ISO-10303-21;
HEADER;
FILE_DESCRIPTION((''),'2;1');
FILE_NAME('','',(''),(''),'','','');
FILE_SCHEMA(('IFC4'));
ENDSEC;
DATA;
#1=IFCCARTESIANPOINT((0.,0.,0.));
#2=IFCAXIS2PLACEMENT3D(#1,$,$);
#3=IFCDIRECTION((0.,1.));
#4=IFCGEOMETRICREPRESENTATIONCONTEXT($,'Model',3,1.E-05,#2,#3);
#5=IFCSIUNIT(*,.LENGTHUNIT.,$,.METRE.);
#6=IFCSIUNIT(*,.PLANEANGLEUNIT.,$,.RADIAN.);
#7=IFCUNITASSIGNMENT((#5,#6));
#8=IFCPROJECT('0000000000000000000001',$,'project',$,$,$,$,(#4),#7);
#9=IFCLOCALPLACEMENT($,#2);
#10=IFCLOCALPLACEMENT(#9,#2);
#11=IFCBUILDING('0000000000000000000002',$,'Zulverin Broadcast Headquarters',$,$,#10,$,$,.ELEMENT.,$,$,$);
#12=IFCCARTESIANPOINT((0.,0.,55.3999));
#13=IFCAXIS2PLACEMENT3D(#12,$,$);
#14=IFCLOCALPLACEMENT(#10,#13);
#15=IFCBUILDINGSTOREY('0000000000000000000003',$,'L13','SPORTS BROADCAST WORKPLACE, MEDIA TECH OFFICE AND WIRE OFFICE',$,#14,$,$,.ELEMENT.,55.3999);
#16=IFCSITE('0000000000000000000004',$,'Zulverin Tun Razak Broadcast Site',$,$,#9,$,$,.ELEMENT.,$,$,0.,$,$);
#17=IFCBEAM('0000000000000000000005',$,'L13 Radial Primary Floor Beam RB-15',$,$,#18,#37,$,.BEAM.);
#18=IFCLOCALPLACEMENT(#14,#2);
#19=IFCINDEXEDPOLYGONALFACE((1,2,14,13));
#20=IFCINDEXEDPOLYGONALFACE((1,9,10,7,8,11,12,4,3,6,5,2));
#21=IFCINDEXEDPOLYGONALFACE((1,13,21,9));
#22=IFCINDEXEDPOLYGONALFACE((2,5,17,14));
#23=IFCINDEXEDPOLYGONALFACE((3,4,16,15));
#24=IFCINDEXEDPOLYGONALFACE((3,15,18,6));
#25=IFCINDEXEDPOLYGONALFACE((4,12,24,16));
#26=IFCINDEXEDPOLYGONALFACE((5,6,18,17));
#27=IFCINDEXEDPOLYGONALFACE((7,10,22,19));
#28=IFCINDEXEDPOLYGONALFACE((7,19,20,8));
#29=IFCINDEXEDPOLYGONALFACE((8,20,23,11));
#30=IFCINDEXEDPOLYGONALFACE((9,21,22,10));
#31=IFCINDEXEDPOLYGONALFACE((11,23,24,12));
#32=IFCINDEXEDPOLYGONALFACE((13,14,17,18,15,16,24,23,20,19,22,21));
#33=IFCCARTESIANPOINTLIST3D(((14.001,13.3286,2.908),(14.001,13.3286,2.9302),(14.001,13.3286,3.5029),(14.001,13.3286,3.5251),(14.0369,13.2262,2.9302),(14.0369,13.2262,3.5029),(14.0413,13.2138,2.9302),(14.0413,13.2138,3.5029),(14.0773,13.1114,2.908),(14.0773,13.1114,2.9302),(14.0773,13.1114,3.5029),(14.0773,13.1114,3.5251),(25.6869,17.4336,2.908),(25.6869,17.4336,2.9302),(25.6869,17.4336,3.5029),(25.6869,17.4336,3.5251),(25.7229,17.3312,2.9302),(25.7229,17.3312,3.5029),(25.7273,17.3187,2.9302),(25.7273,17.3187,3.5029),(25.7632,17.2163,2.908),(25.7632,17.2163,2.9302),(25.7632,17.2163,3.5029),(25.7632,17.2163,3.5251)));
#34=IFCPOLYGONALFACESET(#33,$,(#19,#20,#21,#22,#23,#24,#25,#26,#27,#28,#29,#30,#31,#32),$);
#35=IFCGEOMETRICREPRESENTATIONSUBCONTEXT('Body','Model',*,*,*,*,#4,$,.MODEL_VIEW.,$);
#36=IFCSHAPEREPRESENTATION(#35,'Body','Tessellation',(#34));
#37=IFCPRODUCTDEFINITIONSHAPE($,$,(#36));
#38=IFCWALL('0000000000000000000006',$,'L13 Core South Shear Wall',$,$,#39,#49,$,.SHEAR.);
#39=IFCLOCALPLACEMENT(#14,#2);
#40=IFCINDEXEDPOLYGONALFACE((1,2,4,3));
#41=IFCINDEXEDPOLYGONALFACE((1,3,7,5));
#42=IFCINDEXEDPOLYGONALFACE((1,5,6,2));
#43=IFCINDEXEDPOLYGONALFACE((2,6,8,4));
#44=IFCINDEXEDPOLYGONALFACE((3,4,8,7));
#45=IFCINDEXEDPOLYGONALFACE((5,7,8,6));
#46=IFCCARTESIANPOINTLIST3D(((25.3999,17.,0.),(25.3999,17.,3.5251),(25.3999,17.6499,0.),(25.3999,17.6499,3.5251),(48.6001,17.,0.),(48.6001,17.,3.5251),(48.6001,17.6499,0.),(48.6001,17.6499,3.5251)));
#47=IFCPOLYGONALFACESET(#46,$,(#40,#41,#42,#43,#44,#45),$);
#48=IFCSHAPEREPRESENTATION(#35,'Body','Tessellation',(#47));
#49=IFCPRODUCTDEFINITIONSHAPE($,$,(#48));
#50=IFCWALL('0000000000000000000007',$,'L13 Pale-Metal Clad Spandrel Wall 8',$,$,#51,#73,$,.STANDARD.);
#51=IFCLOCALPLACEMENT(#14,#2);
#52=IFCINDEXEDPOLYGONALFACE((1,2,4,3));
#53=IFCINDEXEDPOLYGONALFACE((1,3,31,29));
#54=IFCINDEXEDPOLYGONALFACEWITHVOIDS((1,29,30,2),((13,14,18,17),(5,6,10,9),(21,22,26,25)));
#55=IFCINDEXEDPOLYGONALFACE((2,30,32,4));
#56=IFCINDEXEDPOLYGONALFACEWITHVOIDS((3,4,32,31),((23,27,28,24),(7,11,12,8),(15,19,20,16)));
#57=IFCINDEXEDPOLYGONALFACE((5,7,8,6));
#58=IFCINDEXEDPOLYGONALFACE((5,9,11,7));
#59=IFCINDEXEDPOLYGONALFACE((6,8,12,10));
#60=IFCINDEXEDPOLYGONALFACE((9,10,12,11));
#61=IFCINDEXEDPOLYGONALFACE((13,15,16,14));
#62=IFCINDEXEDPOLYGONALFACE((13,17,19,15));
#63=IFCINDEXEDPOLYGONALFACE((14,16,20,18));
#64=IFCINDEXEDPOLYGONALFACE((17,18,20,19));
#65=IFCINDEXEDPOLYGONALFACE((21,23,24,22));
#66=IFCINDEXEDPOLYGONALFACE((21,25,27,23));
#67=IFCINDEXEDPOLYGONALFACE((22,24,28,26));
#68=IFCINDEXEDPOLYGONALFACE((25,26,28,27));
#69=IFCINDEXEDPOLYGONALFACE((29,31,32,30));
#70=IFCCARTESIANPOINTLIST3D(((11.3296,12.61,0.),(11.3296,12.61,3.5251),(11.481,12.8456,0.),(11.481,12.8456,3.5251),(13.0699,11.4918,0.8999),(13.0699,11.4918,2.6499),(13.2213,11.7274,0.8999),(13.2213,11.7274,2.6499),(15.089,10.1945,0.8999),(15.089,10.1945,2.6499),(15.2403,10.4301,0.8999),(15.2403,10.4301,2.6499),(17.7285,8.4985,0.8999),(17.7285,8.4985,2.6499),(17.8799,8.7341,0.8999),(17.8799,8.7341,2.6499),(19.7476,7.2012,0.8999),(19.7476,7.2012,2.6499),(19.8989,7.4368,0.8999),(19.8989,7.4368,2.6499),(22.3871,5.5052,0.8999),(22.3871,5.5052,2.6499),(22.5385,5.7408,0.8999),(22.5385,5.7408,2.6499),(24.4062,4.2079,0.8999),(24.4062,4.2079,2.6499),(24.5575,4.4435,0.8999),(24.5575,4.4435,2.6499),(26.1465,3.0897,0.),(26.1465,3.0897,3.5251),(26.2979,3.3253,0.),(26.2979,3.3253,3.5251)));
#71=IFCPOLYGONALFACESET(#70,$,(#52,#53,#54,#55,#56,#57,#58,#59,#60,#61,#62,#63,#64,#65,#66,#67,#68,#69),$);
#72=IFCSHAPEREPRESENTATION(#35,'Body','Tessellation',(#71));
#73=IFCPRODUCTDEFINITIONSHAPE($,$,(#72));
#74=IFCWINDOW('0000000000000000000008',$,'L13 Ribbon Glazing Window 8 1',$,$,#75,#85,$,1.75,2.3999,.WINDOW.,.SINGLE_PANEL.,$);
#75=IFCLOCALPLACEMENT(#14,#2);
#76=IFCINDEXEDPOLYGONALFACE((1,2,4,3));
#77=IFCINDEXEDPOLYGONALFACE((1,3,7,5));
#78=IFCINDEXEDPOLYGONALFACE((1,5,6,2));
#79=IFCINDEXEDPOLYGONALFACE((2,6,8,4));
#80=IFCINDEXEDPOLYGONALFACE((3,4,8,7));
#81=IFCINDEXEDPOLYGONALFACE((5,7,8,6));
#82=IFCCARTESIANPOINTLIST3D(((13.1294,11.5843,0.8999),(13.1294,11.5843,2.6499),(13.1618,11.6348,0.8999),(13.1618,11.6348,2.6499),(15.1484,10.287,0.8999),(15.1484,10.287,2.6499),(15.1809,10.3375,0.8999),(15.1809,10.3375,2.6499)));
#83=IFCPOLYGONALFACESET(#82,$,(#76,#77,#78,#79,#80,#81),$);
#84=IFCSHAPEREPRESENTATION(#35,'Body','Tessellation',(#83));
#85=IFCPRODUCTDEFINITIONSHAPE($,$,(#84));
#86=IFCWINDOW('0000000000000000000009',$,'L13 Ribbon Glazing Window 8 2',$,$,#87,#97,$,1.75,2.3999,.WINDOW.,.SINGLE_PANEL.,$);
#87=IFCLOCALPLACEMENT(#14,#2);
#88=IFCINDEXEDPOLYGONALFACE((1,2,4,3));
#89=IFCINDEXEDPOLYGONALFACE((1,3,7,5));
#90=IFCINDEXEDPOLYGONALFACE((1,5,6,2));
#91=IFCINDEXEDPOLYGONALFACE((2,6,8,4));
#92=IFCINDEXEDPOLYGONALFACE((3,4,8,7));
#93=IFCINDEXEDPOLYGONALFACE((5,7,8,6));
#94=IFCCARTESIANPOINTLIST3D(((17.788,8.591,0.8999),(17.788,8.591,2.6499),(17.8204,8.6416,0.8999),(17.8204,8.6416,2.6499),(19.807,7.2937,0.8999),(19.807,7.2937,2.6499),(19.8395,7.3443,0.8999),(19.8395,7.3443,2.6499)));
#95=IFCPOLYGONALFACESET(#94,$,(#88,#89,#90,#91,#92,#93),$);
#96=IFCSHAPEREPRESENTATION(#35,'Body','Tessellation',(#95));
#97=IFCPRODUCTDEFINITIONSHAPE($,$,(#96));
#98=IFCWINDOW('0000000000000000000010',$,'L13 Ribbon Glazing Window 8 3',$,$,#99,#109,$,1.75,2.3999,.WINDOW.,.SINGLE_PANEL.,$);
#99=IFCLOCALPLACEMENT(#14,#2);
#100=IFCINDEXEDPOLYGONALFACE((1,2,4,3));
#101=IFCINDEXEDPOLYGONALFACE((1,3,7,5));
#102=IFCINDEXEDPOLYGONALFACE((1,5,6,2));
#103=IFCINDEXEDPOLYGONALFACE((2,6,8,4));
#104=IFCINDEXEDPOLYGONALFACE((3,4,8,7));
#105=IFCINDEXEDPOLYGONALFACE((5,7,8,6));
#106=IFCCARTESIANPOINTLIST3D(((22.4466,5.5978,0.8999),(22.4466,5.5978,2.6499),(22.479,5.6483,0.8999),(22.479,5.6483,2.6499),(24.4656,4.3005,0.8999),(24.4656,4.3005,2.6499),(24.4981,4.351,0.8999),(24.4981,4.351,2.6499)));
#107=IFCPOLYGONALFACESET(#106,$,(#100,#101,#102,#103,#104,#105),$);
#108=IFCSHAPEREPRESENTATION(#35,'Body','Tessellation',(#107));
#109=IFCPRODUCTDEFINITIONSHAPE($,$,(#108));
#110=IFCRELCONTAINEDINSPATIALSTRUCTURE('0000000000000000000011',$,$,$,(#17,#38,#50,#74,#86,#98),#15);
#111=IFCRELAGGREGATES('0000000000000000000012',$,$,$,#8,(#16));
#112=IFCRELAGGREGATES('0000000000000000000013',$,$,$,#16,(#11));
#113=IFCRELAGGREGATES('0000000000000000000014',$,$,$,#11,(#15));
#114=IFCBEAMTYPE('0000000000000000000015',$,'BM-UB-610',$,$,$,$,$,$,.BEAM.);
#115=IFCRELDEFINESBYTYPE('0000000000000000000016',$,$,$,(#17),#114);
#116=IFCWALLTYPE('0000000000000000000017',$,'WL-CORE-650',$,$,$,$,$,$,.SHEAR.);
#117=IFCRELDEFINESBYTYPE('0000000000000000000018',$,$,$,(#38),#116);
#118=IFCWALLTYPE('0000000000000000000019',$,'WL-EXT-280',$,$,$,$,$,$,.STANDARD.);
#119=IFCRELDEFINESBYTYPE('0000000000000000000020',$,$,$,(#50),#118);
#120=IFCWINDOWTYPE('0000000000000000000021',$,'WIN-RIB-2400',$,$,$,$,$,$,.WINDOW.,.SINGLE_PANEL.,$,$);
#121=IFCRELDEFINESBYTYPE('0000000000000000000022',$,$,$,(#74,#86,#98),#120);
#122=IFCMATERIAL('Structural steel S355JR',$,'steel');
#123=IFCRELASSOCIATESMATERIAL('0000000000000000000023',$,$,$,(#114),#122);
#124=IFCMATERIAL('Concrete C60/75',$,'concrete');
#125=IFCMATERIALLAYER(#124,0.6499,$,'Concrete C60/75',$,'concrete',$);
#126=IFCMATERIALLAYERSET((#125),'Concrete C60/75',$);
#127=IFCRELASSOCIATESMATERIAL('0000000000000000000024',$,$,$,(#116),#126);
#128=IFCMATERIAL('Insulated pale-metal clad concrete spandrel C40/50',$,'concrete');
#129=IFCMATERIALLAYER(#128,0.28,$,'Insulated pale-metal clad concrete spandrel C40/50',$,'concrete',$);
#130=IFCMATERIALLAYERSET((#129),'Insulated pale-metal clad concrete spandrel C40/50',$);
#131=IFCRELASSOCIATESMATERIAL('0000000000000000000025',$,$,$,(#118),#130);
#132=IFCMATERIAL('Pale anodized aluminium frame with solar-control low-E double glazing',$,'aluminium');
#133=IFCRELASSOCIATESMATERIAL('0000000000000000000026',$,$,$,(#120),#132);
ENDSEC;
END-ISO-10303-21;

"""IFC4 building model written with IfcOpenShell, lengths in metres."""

from ifc_helpers import new_model, si_unit, direction, frame, frame_2d, origin, origin_2d, place, context, subcontext, project, spatial, rectangle, i_section, extrude, material, layer, layer_set, material_profile, profile_set, type_object, element, fill, save


model = new_model("IFC4")

# Units and contexts
model_context = context("Model", 3, precision=1e-05, world=origin(), true_north=direction((0.0, 1.0)))
body_context = subcontext(model_context, "Body", "Model", "MODEL_VIEW")
ifc_project = project(units=[si_unit("LENGTHUNIT", "METRE"), si_unit("PLANEANGLEUNIT", "RADIAN")], contexts=[model_context])

# Site, building, storey
site_placement = place(None, origin())
site = spatial("IfcSite", under=ifc_project, at=site_placement, Name="Zulverin Tun Razak Broadcast Site", CompositionType="ELEMENT", RefElevation=0.0)
building_placement = place(site_placement, origin())
building = spatial("IfcBuilding", under=site, at=building_placement, Name="Zulverin Broadcast Headquarters", CompositionType="ELEMENT")
storey_placement = place(building_placement, frame((0.0, 0.0, 55.3999)))
storey = spatial("IfcBuildingStorey", under=building, at=storey_placement, Name="L13", Description="SPORTS BROADCAST WORKPLACE, MEDIA TECH OFFICE AND WIRE OFFICE", CompositionType="ELEMENT", Elevation=55.3999)

# Shared definitions
ifc_material_1 = material(Name="Concrete C60/75", Category="concrete")

# Beam
ifc_material_2 = material(Name="Structural steel S355JR", Category="steel")
ifc_material_profile_1 = material_profile(ifc_material_2, i_section(OverallWidth=0.2302, OverallDepth=0.6172, WebThickness=0.0132, FlangeThickness=0.0222, at=origin_2d()), Name="Structural steel S355JR", Category="steel")
ifc_profile_set_1 = profile_set([ifc_material_profile_1], Name="Structural steel S355JR")
beam_type_1 = type_object("IfcBeamType", Name="BM-UB-610", PredefinedType="BEAM", material=ifc_profile_set_1)
beam_1_placement = place(storey_placement, frame((25.7251, 17.325, 3.2166), z_axis=(-0.943483, -0.33142, 0.0), x_axis=(0.33142, -0.943483, 0.0)))
element("IfcBeam", 1, at=beam_1_placement, inside=storey, type_object=beam_type_1, Name="L13 Radial Primary Floor Beam RB-15", PredefinedType="BEAM", context=body_context, shape_type="SweptSolid", body=[
    extrude(i_section(OverallWidth=0.2302, OverallDepth=0.6172, WebThickness=0.0132, FlangeThickness=0.0222, at=origin_2d()), origin(), (0.0, 0.0, 1.0), 12.386),
])

# Wall
ifc_layer_1 = layer(ifc_material_1, 0.6499, Name="Concrete C60/75", Category="concrete")
ifc_layer_set_1 = layer_set([ifc_layer_1], Name="Concrete C60/75")
wall_type_1 = type_object("IfcWallType", Name="WL-CORE-650", PredefinedType="SHEAR", material=ifc_layer_set_1)
wall_1_placement = place(storey_placement, frame((25.3999, 17.325, 0.0), z_axis=(0.0, 0.0, 1.0), x_axis=(1.0, 0.0, 0.0)))
element("IfcWall", 2, at=wall_1_placement, inside=storey, type_object=wall_type_1, Name="L13 Core South Shear Wall", PredefinedType="SHEAR", context=body_context, shape_type="SweptSolid", body=[
    extrude(rectangle(XDim=23.2002, YDim=0.6499, at=frame_2d((11.6001, 0.0))), origin(), (0.0, 0.0, 1.0), 3.5251),
])

# Wall, openings, windows
ifc_material_3 = material(Name="Insulated pale-metal clad concrete spandrel C40/50", Category="concrete")
ifc_layer_2 = layer(ifc_material_3, 0.28, Name="Insulated pale-metal clad concrete spandrel C40/50", Category="concrete")
ifc_layer_set_2 = layer_set([ifc_layer_2], Name="Insulated pale-metal clad concrete spandrel C40/50")
wall_type_2 = type_object("IfcWallType", Name="WL-EXT-280", PredefinedType="STANDARD", material=ifc_layer_set_2)
wall_2_placement = place(storey_placement, frame((11.4053, 12.7278, 0.0), z_axis=(0.0, 0.0, 1.0), x_axis=(0.841305, -0.540561, 0.0)))
wall_2 = element("IfcWall", 3, at=wall_2_placement, inside=storey, type_object=wall_type_2, Name="L13 Pale-Metal Clad Spandrel Wall 8", PredefinedType="STANDARD", context=body_context, shape_type="SweptSolid", body=[
    extrude(rectangle(XDim=17.6118, YDim=0.28, at=frame_2d((8.8059, 0.0))), origin(), (0.0, 0.0, 1.0), 3.5251),
])
opening_1_placement = place(wall_2_placement, frame((2.0686, 0.0, 0.8999)))
opening_1 = element("IfcOpeningElement", 4, at=opening_1_placement, cuts=wall_2, PredefinedType="OPENING", context=body_context, shape_type="SweptSolid", body=[
    extrude(rectangle(XDim=2.3999, YDim=1.75, at=frame_2d((1.2, 0.875))), frame((0.0, 0.1499, 0.0), z_axis=(0.0, -1.0, 0.0), x_axis=(1.0, 0.0, 0.0)), (0.0, 0.0, 1.0), 0.3),
])
opening_2_placement = place(wall_2_placement, frame((7.606, 0.0, 0.8999)))
opening_2 = element("IfcOpeningElement", 5, at=opening_2_placement, cuts=wall_2, PredefinedType="OPENING", context=body_context, shape_type="SweptSolid", body=[
    extrude(rectangle(XDim=2.3999, YDim=1.75, at=frame_2d((1.2, 0.875))), frame((0.0, 0.1499, 0.0), z_axis=(0.0, -1.0, 0.0), x_axis=(1.0, 0.0, 0.0)), (0.0, 0.0, 1.0), 0.3),
])
opening_3_placement = place(wall_2_placement, frame((13.1433, 0.0, 0.8999)))
opening_3 = element("IfcOpeningElement", 6, at=opening_3_placement, cuts=wall_2, PredefinedType="OPENING", context=body_context, shape_type="SweptSolid", body=[
    extrude(rectangle(XDim=2.3999, YDim=1.75, at=frame_2d((1.2, 0.875))), frame((0.0, 0.1499, 0.0), z_axis=(0.0, -1.0, 0.0), x_axis=(1.0, 0.0, 0.0)), (0.0, 0.0, 1.0), 0.3),
])
ifc_material_4 = material(Name="Pale anodized aluminium frame with solar-control low-E double glazing", Category="aluminium")
window_type = type_object("IfcWindowType", Name="WIN-RIB-2400", PartitioningType="SINGLE_PANEL", PredefinedType="WINDOW", material=ifc_material_4)
window_1_placement = place(opening_1_placement, origin())
window_1 = element("IfcWindow", 7, at=window_1_placement, inside=storey, type_object=window_type, Name="L13 Ribbon Glazing Window 8 1", OverallHeight=1.75, OverallWidth=2.3999, PartitioningType="SINGLE_PANEL", PredefinedType="WINDOW", context=body_context, shape_type="SweptSolid", body=[
    extrude(rectangle(XDim=2.3999, YDim=1.75, at=frame_2d((1.2, 0.875))), frame((0.0, 0.03, 0.0), z_axis=(0.0, -1.0, 0.0), x_axis=(1.0, 0.0, 0.0)), (0.0, 0.0, 1.0), 0.0601),
])
fill(opening_1, window_1)
window_2_placement = place(opening_2_placement, origin())
window_2 = element("IfcWindow", 8, at=window_2_placement, inside=storey, type_object=window_type, Name="L13 Ribbon Glazing Window 8 2", OverallHeight=1.75, OverallWidth=2.3999, PartitioningType="SINGLE_PANEL", PredefinedType="WINDOW", context=body_context, shape_type="SweptSolid", body=[
    extrude(rectangle(XDim=2.3999, YDim=1.75, at=frame_2d((1.2, 0.875))), frame((0.0, 0.03, 0.0), z_axis=(0.0, -1.0, 0.0), x_axis=(1.0, 0.0, 0.0)), (0.0, 0.0, 1.0), 0.0601),
])
fill(opening_2, window_2)
window_3_placement = place(opening_3_placement, origin())
window_3 = element("IfcWindow", 9, at=window_3_placement, inside=storey, type_object=window_type, Name="L13 Ribbon Glazing Window 8 3", OverallHeight=1.75, OverallWidth=2.3999, PartitioningType="SINGLE_PANEL", PredefinedType="WINDOW", context=body_context, shape_type="SweptSolid", body=[
    extrude(rectangle(XDim=2.3999, YDim=1.75, at=frame_2d((1.2, 0.875))), frame((0.0, 0.03, 0.0), z_axis=(0.0, -1.0, 0.0), x_axis=(1.0, 0.0, 0.0)), (0.0, 0.0, 1.0), 0.0601),
])
fill(opening_3, window_3)

save(model, "model.ifc")
